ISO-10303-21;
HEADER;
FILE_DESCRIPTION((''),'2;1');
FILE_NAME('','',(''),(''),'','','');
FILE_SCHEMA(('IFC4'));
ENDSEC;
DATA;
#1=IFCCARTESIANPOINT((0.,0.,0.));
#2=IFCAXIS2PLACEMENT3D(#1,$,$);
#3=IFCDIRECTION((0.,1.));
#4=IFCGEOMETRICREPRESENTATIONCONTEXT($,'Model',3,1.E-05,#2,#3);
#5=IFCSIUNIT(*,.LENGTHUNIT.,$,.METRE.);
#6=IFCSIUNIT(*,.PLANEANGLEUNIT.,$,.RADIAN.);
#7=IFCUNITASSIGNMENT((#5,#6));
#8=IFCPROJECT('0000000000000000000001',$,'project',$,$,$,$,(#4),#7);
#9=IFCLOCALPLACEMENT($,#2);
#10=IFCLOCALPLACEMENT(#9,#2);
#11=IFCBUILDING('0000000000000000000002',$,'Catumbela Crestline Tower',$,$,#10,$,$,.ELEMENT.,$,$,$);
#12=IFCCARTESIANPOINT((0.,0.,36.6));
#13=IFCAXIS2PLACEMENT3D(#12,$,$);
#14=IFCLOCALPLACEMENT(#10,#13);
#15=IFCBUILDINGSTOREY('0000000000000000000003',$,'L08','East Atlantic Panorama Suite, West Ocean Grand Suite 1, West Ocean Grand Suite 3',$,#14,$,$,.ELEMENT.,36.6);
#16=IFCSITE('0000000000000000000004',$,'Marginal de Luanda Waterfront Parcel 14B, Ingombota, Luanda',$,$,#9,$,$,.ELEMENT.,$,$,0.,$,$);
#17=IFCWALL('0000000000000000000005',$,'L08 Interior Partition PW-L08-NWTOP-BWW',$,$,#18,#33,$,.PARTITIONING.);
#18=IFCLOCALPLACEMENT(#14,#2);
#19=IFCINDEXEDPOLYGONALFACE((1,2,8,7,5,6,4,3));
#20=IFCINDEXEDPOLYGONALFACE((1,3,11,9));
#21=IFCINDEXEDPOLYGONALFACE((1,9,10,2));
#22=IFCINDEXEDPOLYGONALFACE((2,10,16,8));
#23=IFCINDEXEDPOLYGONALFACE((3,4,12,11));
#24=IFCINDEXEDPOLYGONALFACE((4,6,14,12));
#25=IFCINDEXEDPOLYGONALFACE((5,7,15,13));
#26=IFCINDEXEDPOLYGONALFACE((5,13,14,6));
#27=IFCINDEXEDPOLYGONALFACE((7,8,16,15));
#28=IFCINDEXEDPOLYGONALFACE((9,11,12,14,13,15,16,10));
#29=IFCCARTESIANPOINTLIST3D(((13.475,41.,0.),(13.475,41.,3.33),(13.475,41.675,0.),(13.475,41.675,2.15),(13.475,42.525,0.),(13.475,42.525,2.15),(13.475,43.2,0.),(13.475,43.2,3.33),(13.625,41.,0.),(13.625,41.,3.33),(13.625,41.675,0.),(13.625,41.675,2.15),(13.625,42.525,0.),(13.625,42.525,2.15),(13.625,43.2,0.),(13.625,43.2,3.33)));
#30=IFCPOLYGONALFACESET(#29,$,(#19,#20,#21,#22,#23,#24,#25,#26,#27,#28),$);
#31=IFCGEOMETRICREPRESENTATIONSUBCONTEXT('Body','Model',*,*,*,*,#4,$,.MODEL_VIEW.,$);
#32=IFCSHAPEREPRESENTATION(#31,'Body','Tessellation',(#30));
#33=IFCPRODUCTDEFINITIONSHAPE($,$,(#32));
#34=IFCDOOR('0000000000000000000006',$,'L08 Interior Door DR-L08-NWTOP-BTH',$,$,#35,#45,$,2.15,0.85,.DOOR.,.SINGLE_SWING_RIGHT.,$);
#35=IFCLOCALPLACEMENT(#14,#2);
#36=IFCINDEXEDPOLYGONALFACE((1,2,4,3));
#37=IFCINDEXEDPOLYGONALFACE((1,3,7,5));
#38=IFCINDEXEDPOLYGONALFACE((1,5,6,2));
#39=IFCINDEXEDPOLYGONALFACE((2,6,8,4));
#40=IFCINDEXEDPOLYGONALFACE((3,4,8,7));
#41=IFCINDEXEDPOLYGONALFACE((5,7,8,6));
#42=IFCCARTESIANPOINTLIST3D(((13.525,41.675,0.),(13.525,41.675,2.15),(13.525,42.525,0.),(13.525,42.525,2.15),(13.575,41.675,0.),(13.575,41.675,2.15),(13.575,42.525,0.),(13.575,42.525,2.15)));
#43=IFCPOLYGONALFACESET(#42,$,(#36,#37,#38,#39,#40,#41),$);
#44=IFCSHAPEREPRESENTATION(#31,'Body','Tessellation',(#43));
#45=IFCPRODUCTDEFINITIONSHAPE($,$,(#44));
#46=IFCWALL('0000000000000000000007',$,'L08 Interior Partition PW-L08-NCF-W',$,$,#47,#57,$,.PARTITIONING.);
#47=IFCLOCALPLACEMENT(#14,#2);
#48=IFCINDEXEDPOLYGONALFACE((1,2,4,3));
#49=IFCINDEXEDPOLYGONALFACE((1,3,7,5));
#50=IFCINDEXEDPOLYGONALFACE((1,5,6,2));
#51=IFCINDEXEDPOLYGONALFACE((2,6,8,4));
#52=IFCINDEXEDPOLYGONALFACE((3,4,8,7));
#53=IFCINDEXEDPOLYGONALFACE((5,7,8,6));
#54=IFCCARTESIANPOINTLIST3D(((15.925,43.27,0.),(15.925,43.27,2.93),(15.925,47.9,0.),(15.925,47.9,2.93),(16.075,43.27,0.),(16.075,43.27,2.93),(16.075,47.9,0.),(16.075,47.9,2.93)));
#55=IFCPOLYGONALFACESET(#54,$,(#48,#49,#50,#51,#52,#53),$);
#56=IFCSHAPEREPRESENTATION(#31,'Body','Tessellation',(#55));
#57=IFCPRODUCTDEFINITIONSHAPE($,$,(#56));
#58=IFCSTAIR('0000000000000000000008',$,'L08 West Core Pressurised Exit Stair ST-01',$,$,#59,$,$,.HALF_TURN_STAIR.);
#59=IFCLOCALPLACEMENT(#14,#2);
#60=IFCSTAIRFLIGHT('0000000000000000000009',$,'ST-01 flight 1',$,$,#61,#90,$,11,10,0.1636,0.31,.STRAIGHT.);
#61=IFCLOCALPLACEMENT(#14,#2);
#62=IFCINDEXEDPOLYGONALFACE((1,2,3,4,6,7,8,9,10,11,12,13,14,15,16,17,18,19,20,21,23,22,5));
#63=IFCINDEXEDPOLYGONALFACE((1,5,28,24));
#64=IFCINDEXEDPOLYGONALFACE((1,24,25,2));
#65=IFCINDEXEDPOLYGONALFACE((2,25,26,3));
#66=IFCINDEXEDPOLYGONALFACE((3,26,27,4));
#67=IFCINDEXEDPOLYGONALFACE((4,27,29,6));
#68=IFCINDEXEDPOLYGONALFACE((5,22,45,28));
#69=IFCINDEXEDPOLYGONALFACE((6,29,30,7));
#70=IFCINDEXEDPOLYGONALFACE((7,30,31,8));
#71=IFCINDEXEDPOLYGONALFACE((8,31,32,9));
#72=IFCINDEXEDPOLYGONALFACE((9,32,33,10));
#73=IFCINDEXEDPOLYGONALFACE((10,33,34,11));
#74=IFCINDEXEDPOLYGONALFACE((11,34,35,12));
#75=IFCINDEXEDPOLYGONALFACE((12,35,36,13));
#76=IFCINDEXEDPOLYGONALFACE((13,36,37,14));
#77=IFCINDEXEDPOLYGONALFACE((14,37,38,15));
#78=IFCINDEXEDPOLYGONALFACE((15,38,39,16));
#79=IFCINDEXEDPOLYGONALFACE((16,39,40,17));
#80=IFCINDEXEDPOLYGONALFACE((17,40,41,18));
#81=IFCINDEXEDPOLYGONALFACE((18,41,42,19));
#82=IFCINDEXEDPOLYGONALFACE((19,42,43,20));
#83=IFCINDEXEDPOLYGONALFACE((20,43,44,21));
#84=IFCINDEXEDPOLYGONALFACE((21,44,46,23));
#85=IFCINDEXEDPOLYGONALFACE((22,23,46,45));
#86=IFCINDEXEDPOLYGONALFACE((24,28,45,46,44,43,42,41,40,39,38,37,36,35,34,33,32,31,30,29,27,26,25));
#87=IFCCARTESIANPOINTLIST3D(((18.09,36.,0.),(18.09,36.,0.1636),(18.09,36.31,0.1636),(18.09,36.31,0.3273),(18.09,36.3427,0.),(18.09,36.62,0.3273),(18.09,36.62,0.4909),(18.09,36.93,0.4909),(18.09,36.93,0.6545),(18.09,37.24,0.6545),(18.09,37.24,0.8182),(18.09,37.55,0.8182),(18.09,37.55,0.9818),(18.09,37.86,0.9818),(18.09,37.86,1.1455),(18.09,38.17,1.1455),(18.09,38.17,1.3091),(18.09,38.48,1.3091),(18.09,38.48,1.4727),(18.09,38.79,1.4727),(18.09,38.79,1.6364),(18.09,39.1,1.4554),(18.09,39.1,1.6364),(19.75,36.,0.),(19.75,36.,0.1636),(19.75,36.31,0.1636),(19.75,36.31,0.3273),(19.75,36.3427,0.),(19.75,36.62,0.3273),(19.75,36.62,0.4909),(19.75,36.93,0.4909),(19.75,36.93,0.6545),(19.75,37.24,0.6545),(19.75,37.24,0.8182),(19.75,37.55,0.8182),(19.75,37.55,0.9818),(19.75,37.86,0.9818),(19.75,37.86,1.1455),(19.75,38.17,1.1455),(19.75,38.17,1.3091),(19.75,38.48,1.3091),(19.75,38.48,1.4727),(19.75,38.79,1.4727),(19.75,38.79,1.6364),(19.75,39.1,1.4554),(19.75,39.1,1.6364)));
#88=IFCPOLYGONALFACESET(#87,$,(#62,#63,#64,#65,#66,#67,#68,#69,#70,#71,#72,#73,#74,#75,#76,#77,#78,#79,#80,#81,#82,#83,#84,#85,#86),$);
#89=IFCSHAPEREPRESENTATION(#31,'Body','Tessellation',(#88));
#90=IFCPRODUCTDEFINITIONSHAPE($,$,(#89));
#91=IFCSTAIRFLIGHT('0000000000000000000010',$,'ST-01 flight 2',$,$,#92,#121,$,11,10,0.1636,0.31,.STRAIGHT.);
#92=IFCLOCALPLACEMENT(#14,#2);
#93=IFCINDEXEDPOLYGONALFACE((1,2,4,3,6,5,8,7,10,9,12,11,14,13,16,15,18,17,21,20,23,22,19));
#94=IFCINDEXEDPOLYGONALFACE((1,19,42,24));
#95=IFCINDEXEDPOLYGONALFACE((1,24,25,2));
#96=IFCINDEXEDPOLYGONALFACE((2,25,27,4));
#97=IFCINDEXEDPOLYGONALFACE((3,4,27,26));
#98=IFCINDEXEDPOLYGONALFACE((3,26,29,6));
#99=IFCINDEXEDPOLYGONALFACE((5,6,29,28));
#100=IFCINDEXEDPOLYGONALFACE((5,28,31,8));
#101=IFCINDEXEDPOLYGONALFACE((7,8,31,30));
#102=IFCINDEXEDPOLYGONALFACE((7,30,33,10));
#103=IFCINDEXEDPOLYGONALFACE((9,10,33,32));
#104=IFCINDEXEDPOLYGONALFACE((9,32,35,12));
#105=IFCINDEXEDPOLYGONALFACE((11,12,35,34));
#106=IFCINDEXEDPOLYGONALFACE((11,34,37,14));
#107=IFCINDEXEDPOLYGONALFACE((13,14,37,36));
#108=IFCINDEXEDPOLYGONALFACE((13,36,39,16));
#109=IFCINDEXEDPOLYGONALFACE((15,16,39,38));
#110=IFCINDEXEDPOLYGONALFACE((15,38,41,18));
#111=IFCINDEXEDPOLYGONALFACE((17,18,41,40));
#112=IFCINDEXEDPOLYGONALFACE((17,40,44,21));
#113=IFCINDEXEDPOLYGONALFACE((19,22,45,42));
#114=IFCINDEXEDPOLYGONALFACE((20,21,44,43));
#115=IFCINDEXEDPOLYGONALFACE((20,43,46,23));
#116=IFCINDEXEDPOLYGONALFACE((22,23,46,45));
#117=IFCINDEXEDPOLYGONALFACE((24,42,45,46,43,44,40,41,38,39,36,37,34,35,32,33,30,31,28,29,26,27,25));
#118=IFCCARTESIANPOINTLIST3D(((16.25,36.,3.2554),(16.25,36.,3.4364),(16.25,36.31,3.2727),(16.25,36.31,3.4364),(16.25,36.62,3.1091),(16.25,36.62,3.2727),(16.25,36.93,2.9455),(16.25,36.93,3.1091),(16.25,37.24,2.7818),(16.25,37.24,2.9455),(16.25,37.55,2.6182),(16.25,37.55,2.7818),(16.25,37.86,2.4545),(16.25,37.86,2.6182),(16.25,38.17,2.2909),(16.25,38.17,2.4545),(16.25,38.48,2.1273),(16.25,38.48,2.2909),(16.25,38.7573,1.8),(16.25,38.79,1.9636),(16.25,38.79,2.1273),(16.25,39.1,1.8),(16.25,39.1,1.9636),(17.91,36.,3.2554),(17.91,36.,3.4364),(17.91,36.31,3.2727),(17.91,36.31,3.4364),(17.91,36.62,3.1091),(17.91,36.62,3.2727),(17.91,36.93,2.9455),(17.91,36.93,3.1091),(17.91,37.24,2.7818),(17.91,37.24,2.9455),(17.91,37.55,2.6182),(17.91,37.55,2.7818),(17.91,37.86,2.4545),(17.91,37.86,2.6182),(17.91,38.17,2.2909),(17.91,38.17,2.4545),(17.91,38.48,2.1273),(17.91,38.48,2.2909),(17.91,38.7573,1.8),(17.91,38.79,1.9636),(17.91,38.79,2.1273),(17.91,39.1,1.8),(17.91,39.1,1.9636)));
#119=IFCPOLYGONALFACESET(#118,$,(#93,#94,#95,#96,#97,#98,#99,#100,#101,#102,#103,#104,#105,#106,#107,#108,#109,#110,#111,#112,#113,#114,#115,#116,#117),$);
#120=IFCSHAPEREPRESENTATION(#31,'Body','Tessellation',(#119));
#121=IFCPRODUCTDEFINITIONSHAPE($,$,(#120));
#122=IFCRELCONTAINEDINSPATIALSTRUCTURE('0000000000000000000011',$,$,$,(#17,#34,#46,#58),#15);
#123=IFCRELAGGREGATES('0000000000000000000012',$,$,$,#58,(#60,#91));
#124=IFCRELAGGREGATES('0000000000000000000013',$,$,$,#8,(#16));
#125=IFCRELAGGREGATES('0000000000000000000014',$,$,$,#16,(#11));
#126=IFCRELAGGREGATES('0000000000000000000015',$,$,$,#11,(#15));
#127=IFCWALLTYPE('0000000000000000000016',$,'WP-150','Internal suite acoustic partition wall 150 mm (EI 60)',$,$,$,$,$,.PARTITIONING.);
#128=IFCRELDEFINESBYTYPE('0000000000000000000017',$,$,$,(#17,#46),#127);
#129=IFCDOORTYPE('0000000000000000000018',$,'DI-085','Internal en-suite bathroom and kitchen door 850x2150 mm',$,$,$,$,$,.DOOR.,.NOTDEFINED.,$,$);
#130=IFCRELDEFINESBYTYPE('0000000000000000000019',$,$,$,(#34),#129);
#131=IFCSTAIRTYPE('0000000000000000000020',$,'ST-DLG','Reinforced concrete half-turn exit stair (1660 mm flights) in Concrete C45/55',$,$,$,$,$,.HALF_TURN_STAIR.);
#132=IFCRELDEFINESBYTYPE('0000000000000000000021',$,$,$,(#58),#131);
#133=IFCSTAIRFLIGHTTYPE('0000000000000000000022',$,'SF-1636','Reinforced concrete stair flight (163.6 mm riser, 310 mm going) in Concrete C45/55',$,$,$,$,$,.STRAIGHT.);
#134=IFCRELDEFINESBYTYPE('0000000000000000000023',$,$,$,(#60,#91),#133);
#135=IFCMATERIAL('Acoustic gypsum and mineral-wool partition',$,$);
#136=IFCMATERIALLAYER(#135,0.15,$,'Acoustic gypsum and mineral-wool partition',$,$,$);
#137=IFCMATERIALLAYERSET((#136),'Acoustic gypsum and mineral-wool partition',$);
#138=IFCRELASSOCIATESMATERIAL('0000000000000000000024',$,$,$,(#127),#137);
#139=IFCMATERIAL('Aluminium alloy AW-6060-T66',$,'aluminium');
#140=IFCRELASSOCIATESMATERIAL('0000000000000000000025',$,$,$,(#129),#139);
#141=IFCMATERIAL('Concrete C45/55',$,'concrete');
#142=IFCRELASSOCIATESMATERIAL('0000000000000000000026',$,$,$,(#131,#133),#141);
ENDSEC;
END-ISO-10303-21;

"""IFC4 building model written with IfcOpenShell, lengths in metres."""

from ifc_helpers import new_model, si_unit, direction, frame, frame_2d, origin, place, context, subcontext, project, spatial, polyline, rectangle, outline, extrude, material, layer, layer_set, type_object, element, fill, aggregate, save


model = new_model("IFC4")

# Units and contexts
model_context = context("Model", 3, precision=1e-05, world=origin(), true_north=direction((0.0, 1.0)))
body_context = subcontext(model_context, "Body", "Model", "MODEL_VIEW")
ifc_project = project(units=[si_unit("LENGTHUNIT", "METRE"), si_unit("PLANEANGLEUNIT", "RADIAN")], contexts=[model_context])

# Site, building, storey
site_placement = place(None, origin())
site = spatial("IfcSite", under=ifc_project, at=site_placement, Name="Marginal de Luanda Waterfront Parcel 14B, Ingombota, Luanda", CompositionType="ELEMENT", RefElevation=0.0)
building_placement = place(site_placement, origin())
building = spatial("IfcBuilding", under=site, at=building_placement, Name="Catumbela Crestline Tower", CompositionType="ELEMENT")
storey_placement = place(building_placement, frame((0.0, 0.0, 36.6)))
storey = spatial("IfcBuildingStorey", under=building, at=storey_placement, Name="L08", Description="East Atlantic Panorama Suite, West Ocean Grand Suite 1, West Ocean Grand Suite 3", CompositionType="ELEMENT", Elevation=36.6)

# Shared definitions
ifc_material_1 = material(Name="Aluminium alloy AW-6060-T66", Category="aluminium")

# Shared definitions
ifc_material_2 = material(Name="Acoustic gypsum and mineral-wool partition")
ifc_layer_1 = layer(ifc_material_2, 0.15, Name="Acoustic gypsum and mineral-wool partition")
ifc_layer_set_1 = layer_set([ifc_layer_1], Name="Acoustic gypsum and mineral-wool partition")
wall_type_1 = type_object("IfcWallType", Name="WP-150", Description="Internal suite acoustic partition wall 150 mm (EI 60)", PredefinedType="PARTITIONING", material=ifc_layer_set_1)

# Wall, opening, door
wall_1_placement = place(storey_placement, frame((13.55, 41.0, 0.0), z_axis=(0.0, 0.0, 1.0), x_axis=(0.0, 1.0, 0.0)))
wall_1 = element("IfcWall", 1, at=wall_1_placement, inside=storey, type_object=wall_type_1, Name="L08 Interior Partition PW-L08-NWTOP-BWW", PredefinedType="PARTITIONING", context=body_context, shape_type="SweptSolid", body=[
    extrude(rectangle(XDim=2.2, YDim=0.15, at=frame_2d((1.1, 0.0))), origin(), (0.0, 0.0, 1.0), 3.33),
])
opening_1_placement = place(wall_1_placement, frame((0.675, 0.0, 0.0)))
opening_1 = element("IfcOpeningElement", 2, at=opening_1_placement, cuts=wall_1, PredefinedType="OPENING", context=body_context, shape_type="SweptSolid", body=[
    extrude(rectangle(XDim=0.85, YDim=2.15, at=frame_2d((0.425, 1.075))), frame((0.0, 0.085, 0.0), z_axis=(0.0, -1.0, 0.0), x_axis=(1.0, 0.0, 0.0)), (0.0, 0.0, 1.0), 0.17),
])
door_type_1 = type_object("IfcDoorType", Name="DI-085", Description="Internal en-suite bathroom and kitchen door 850x2150 mm", OperationType="NOTDEFINED", PredefinedType="DOOR", material=ifc_material_1)
door_1_placement = place(opening_1_placement, origin())
door_1 = element("IfcDoor", 3, at=door_1_placement, inside=storey, type_object=door_type_1, Name="L08 Interior Door DR-L08-NWTOP-BTH", OperationType="SINGLE_SWING_RIGHT", OverallHeight=2.15, OverallWidth=0.85, PredefinedType="DOOR", context=body_context, shape_type="SweptSolid", body=[
    extrude(rectangle(XDim=0.85, YDim=2.15, at=frame_2d((0.425, 1.075))), frame((0.0, 0.025, 0.0), z_axis=(0.0, -1.0, 0.0), x_axis=(1.0, 0.0, 0.0)), (0.0, 0.0, 1.0), 0.05),
])
fill(opening_1, door_1)

# Wall
wall_2_placement = place(storey_placement, frame((16.0, 43.27, 0.0), z_axis=(0.0, 0.0, 1.0), x_axis=(0.0, 1.0, 0.0)))
element("IfcWall", 4, at=wall_2_placement, inside=storey, type_object=wall_type_1, Name="L08 Interior Partition PW-L08-NCF-W", PredefinedType="PARTITIONING", context=body_context, shape_type="SweptSolid", body=[
    extrude(rectangle(XDim=4.63, YDim=0.15, at=frame_2d((2.315, 0.0))), origin(), (0.0, 0.0, 1.0), 2.93),
])

# Stair, stair flights
ifc_material_3 = material(Name="Concrete C45/55", Category="concrete")
stair_type = type_object("IfcStairType", Name="ST-DLG", Description="Reinforced concrete half-turn exit stair (1660 mm flights) in Concrete C45/55", PredefinedType="HALF_TURN_STAIR", material=ifc_material_3)
stair_placement = place(storey_placement, origin())
stair = element("IfcStair", 5, at=stair_placement, inside=storey, type_object=stair_type, Name="L08 West Core Pressurised Exit Stair ST-01", PredefinedType="HALF_TURN_STAIR")
stair_flight_type = type_object("IfcStairFlightType", Name="SF-1636", Description="Reinforced concrete stair flight (163.6 mm riser, 310 mm going) in Concrete C45/55", PredefinedType="STRAIGHT", material=ifc_material_3)
stair_flight_1_placement = place(storey_placement, frame((18.92, 36.0, 0.0), z_axis=(0.0, 0.0, 1.0), x_axis=(0.0, 1.0, 0.0)))
stair_flight_1 = element("IfcStairFlight", 6, at=stair_flight_1_placement, type_object=stair_flight_type, Name="ST-01 flight 1", NumberOfRisers=11, NumberOfTreads=10, PredefinedType="STRAIGHT", RiserHeight=0.1636, TreadLength=0.31, context=body_context, shape_type="SweptSolid", body=[
    extrude(outline(polyline([(0.0, 0.0), (0.0, 0.1636), (0.31, 0.1636), (0.31, 0.3273), (0.62, 0.3273), (0.62, 0.4909), (0.93, 0.4909), (0.93, 0.6545), (1.24, 0.6545), (1.24, 0.8182), (1.55, 0.8182), (1.55, 0.9818), (1.86, 0.9818), (1.86, 1.1455), (2.17, 1.1455), (2.17, 1.3091), (2.48, 1.3091), (2.48, 1.4727), (2.79, 1.4727), (2.79, 1.6364), (3.1, 1.6364), (3.1, 1.8), (3.1, 1.4554), (0.3427, 0.0), (0.0, 0.0)])), frame((0.0, 0.83, 0.0), z_axis=(0.0, -1.0, 0.0), x_axis=(1.0, 0.0, 0.0)), (0.0, 0.0, 1.0), 1.66),
])
stair_flight_2_placement = place(storey_placement, frame((17.08, 39.1, 1.8), z_axis=(0.0, 0.0, 1.0), x_axis=(0.0, -1.0, 0.0)))
stair_flight_2 = element("IfcStairFlight", 7, at=stair_flight_2_placement, type_object=stair_flight_type, Name="ST-01 flight 2", NumberOfRisers=11, NumberOfTreads=10, PredefinedType="STRAIGHT", RiserHeight=0.1636, TreadLength=0.31, context=body_context, shape_type="SweptSolid", body=[
    extrude(outline(polyline([(0.0, 0.0), (0.0, 0.1636), (0.31, 0.1636), (0.31, 0.3273), (0.62, 0.3273), (0.62, 0.4909), (0.93, 0.4909), (0.93, 0.6545), (1.24, 0.6545), (1.24, 0.8182), (1.55, 0.8182), (1.55, 0.9818), (1.86, 0.9818), (1.86, 1.1455), (2.17, 1.1455), (2.17, 1.3091), (2.48, 1.3091), (2.48, 1.4727), (2.79, 1.4727), (2.79, 1.6364), (3.1, 1.6364), (3.1, 1.8), (3.1, 1.4554), (0.3427, 0.0), (0.0, 0.0)])), frame((0.0, 0.83, 0.0), z_axis=(0.0, -1.0, 0.0), x_axis=(1.0, 0.0, 0.0)), (0.0, 0.0, 1.0), 1.66),
])
aggregate(stair, [stair_flight_1, stair_flight_2])

save(model, "model.ifc")
